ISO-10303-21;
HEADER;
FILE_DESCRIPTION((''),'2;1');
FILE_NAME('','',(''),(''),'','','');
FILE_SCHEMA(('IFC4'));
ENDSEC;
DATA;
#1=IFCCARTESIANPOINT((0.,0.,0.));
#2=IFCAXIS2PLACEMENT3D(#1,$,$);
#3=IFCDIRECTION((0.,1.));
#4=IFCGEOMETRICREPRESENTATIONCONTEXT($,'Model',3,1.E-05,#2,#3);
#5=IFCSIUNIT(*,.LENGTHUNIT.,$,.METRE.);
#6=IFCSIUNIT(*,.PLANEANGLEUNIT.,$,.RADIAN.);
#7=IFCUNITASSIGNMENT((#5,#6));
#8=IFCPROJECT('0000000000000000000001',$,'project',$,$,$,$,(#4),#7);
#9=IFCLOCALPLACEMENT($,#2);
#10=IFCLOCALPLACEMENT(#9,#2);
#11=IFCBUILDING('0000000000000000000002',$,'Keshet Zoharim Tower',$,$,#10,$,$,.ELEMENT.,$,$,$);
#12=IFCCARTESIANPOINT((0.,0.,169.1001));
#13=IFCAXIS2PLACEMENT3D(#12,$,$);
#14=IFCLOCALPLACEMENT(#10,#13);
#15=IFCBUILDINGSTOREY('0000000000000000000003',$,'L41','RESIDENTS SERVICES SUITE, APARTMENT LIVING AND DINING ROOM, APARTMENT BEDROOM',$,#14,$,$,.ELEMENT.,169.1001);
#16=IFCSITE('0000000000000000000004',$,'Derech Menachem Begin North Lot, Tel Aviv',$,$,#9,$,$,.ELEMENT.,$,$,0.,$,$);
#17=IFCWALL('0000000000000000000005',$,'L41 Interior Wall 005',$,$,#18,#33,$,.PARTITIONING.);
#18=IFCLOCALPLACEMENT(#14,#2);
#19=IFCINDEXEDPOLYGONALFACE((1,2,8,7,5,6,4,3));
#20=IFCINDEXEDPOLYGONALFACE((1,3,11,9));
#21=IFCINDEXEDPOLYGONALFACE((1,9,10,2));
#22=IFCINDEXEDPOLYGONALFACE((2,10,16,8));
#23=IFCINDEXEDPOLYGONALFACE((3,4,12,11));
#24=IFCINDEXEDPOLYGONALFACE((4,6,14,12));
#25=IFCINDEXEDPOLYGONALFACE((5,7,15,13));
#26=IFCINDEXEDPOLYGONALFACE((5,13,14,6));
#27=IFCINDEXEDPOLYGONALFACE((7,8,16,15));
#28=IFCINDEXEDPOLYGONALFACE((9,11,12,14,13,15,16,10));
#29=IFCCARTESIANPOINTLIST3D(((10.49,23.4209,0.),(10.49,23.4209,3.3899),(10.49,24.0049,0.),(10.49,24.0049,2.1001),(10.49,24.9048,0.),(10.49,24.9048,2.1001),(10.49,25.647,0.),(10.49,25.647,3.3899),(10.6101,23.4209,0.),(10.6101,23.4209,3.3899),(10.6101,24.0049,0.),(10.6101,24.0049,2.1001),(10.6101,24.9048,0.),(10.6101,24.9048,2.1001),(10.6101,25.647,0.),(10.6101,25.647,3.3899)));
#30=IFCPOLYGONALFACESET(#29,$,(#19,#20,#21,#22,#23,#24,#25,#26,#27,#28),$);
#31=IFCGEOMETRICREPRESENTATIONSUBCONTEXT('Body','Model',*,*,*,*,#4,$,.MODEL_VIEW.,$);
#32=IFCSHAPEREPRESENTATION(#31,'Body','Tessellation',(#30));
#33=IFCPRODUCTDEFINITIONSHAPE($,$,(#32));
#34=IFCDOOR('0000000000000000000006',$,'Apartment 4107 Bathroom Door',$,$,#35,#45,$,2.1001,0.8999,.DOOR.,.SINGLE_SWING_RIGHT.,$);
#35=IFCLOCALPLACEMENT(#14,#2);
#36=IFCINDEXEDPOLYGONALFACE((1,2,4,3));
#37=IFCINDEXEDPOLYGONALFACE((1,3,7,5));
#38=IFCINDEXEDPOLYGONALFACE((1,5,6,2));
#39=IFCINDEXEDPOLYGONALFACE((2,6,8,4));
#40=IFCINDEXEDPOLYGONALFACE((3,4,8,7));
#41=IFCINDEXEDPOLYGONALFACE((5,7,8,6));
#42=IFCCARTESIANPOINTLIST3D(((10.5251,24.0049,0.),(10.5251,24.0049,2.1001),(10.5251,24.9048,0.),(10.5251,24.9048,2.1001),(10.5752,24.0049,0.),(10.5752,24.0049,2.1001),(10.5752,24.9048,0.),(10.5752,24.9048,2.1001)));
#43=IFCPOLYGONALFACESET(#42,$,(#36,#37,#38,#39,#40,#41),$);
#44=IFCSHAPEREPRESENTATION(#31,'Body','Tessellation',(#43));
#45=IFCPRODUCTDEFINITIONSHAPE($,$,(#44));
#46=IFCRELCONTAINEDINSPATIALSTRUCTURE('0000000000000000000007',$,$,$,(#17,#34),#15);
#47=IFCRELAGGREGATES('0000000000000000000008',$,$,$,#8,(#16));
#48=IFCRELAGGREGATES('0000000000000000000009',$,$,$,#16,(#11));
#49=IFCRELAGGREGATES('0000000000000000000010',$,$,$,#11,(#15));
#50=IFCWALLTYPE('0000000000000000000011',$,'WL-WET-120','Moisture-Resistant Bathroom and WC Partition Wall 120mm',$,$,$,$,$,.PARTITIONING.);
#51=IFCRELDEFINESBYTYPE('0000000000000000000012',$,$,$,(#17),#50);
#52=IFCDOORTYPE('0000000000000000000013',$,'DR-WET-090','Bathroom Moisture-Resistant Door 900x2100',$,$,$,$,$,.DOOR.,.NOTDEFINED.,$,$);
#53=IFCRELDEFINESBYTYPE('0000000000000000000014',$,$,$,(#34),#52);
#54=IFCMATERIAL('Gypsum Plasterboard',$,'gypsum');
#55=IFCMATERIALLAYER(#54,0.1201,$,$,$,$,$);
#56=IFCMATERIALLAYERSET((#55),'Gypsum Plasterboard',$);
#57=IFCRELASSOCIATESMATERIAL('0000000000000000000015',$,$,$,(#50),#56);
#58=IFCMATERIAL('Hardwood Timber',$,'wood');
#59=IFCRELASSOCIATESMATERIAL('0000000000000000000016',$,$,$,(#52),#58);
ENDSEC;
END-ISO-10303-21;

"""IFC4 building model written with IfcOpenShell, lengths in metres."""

from ifc_helpers import new_model, si_unit, direction, frame, frame_2d, origin, place, context, subcontext, project, spatial, rectangle, extrude, material, layer, layer_set, type_object, element, fill, save


model = new_model("IFC4")

# Units and contexts
model_context = context("Model", 3, precision=1e-05, world=origin(), true_north=direction((0.0, 1.0)))
body_context = subcontext(model_context, "Body", "Model", "MODEL_VIEW")
ifc_project = project(units=[si_unit("LENGTHUNIT", "METRE"), si_unit("PLANEANGLEUNIT", "RADIAN")], contexts=[model_context])

# Site, building, storey
site_placement = place(None, origin())
site = spatial("IfcSite", under=ifc_project, at=site_placement, Name="Derech Menachem Begin North Lot, Tel Aviv", CompositionType="ELEMENT", RefElevation=0.0)
building_placement = place(site_placement, origin())
building = spatial("IfcBuilding", under=site, at=building_placement, Name="Keshet Zoharim Tower", CompositionType="ELEMENT")
storey_placement = place(building_placement, frame((0.0, 0.0, 169.1001)))
storey = spatial("IfcBuildingStorey", under=building, at=storey_placement, Name="L41", Description="RESIDENTS SERVICES SUITE, APARTMENT LIVING AND DINING ROOM, APARTMENT BEDROOM", CompositionType="ELEMENT", Elevation=169.1001)

# Shared definitions
ifc_material_1 = material(Name="Gypsum Plasterboard", Category="gypsum")

# Shared definitions
ifc_material_2 = material(Name="Hardwood Timber", Category="wood")

# Wall, opening, door
ifc_layer_1 = layer(ifc_material_1, 0.1201)
ifc_layer_set_1 = layer_set([ifc_layer_1], Name="Gypsum Plasterboard")
wall_type_1 = type_object("IfcWallType", Name="WL-WET-120", Description="Moisture-Resistant Bathroom and WC Partition Wall 120mm", PredefinedType="PARTITIONING", material=ifc_layer_set_1)
wall_1_placement = place(storey_placement, frame((10.55, 23.4209, 0.0), z_axis=(0.0, 0.0, 1.0), x_axis=(0.0, 1.0, 0.0)))
wall_1 = element("IfcWall", 1, at=wall_1_placement, inside=storey, type_object=wall_type_1, Name="L41 Interior Wall 005", PredefinedType="PARTITIONING", context=body_context, shape_type="SweptSolid", body=[
    extrude(rectangle(XDim=2.2261, YDim=0.1201, at=frame_2d((1.113, 0.0))), origin(), (0.0, 0.0, 1.0), 3.3899),
])
opening_1_placement = place(wall_1_placement, frame((0.584, 0.0, 0.0)))
opening_1 = element("IfcOpeningElement", 2, at=opening_1_placement, cuts=wall_1, PredefinedType="OPENING", context=body_context, shape_type="SweptSolid", body=[
    extrude(rectangle(XDim=0.8999, YDim=2.1001, at=frame_2d((0.45, 1.05))), frame((0.0, 0.0701, 0.0), z_axis=(0.0, -1.0, 0.0), x_axis=(1.0, 0.0, 0.0)), (0.0, 0.0, 1.0), 0.1401),
])
door_type_1 = type_object("IfcDoorType", Name="DR-WET-090", Description="Bathroom Moisture-Resistant Door 900x2100", OperationType="NOTDEFINED", PredefinedType="DOOR", material=ifc_material_2)
door_1_placement = place(opening_1_placement, origin())
door_1 = element("IfcDoor", 3, at=door_1_placement, inside=storey, type_object=door_type_1, Name="Apartment 4107 Bathroom Door", OperationType="SINGLE_SWING_RIGHT", OverallHeight=2.1001, OverallWidth=0.8999, PredefinedType="DOOR", context=body_context, shape_type="SweptSolid", body=[
    extrude(rectangle(XDim=0.8999, YDim=2.1001, at=frame_2d((0.45, 1.05))), frame((0.0, 0.0249, 0.0), z_axis=(0.0, -1.0, 0.0), x_axis=(1.0, 0.0, 0.0)), (0.0, 0.0, 1.0), 0.05),
])
fill(opening_1, door_1)

save(model, "model.ifc")
